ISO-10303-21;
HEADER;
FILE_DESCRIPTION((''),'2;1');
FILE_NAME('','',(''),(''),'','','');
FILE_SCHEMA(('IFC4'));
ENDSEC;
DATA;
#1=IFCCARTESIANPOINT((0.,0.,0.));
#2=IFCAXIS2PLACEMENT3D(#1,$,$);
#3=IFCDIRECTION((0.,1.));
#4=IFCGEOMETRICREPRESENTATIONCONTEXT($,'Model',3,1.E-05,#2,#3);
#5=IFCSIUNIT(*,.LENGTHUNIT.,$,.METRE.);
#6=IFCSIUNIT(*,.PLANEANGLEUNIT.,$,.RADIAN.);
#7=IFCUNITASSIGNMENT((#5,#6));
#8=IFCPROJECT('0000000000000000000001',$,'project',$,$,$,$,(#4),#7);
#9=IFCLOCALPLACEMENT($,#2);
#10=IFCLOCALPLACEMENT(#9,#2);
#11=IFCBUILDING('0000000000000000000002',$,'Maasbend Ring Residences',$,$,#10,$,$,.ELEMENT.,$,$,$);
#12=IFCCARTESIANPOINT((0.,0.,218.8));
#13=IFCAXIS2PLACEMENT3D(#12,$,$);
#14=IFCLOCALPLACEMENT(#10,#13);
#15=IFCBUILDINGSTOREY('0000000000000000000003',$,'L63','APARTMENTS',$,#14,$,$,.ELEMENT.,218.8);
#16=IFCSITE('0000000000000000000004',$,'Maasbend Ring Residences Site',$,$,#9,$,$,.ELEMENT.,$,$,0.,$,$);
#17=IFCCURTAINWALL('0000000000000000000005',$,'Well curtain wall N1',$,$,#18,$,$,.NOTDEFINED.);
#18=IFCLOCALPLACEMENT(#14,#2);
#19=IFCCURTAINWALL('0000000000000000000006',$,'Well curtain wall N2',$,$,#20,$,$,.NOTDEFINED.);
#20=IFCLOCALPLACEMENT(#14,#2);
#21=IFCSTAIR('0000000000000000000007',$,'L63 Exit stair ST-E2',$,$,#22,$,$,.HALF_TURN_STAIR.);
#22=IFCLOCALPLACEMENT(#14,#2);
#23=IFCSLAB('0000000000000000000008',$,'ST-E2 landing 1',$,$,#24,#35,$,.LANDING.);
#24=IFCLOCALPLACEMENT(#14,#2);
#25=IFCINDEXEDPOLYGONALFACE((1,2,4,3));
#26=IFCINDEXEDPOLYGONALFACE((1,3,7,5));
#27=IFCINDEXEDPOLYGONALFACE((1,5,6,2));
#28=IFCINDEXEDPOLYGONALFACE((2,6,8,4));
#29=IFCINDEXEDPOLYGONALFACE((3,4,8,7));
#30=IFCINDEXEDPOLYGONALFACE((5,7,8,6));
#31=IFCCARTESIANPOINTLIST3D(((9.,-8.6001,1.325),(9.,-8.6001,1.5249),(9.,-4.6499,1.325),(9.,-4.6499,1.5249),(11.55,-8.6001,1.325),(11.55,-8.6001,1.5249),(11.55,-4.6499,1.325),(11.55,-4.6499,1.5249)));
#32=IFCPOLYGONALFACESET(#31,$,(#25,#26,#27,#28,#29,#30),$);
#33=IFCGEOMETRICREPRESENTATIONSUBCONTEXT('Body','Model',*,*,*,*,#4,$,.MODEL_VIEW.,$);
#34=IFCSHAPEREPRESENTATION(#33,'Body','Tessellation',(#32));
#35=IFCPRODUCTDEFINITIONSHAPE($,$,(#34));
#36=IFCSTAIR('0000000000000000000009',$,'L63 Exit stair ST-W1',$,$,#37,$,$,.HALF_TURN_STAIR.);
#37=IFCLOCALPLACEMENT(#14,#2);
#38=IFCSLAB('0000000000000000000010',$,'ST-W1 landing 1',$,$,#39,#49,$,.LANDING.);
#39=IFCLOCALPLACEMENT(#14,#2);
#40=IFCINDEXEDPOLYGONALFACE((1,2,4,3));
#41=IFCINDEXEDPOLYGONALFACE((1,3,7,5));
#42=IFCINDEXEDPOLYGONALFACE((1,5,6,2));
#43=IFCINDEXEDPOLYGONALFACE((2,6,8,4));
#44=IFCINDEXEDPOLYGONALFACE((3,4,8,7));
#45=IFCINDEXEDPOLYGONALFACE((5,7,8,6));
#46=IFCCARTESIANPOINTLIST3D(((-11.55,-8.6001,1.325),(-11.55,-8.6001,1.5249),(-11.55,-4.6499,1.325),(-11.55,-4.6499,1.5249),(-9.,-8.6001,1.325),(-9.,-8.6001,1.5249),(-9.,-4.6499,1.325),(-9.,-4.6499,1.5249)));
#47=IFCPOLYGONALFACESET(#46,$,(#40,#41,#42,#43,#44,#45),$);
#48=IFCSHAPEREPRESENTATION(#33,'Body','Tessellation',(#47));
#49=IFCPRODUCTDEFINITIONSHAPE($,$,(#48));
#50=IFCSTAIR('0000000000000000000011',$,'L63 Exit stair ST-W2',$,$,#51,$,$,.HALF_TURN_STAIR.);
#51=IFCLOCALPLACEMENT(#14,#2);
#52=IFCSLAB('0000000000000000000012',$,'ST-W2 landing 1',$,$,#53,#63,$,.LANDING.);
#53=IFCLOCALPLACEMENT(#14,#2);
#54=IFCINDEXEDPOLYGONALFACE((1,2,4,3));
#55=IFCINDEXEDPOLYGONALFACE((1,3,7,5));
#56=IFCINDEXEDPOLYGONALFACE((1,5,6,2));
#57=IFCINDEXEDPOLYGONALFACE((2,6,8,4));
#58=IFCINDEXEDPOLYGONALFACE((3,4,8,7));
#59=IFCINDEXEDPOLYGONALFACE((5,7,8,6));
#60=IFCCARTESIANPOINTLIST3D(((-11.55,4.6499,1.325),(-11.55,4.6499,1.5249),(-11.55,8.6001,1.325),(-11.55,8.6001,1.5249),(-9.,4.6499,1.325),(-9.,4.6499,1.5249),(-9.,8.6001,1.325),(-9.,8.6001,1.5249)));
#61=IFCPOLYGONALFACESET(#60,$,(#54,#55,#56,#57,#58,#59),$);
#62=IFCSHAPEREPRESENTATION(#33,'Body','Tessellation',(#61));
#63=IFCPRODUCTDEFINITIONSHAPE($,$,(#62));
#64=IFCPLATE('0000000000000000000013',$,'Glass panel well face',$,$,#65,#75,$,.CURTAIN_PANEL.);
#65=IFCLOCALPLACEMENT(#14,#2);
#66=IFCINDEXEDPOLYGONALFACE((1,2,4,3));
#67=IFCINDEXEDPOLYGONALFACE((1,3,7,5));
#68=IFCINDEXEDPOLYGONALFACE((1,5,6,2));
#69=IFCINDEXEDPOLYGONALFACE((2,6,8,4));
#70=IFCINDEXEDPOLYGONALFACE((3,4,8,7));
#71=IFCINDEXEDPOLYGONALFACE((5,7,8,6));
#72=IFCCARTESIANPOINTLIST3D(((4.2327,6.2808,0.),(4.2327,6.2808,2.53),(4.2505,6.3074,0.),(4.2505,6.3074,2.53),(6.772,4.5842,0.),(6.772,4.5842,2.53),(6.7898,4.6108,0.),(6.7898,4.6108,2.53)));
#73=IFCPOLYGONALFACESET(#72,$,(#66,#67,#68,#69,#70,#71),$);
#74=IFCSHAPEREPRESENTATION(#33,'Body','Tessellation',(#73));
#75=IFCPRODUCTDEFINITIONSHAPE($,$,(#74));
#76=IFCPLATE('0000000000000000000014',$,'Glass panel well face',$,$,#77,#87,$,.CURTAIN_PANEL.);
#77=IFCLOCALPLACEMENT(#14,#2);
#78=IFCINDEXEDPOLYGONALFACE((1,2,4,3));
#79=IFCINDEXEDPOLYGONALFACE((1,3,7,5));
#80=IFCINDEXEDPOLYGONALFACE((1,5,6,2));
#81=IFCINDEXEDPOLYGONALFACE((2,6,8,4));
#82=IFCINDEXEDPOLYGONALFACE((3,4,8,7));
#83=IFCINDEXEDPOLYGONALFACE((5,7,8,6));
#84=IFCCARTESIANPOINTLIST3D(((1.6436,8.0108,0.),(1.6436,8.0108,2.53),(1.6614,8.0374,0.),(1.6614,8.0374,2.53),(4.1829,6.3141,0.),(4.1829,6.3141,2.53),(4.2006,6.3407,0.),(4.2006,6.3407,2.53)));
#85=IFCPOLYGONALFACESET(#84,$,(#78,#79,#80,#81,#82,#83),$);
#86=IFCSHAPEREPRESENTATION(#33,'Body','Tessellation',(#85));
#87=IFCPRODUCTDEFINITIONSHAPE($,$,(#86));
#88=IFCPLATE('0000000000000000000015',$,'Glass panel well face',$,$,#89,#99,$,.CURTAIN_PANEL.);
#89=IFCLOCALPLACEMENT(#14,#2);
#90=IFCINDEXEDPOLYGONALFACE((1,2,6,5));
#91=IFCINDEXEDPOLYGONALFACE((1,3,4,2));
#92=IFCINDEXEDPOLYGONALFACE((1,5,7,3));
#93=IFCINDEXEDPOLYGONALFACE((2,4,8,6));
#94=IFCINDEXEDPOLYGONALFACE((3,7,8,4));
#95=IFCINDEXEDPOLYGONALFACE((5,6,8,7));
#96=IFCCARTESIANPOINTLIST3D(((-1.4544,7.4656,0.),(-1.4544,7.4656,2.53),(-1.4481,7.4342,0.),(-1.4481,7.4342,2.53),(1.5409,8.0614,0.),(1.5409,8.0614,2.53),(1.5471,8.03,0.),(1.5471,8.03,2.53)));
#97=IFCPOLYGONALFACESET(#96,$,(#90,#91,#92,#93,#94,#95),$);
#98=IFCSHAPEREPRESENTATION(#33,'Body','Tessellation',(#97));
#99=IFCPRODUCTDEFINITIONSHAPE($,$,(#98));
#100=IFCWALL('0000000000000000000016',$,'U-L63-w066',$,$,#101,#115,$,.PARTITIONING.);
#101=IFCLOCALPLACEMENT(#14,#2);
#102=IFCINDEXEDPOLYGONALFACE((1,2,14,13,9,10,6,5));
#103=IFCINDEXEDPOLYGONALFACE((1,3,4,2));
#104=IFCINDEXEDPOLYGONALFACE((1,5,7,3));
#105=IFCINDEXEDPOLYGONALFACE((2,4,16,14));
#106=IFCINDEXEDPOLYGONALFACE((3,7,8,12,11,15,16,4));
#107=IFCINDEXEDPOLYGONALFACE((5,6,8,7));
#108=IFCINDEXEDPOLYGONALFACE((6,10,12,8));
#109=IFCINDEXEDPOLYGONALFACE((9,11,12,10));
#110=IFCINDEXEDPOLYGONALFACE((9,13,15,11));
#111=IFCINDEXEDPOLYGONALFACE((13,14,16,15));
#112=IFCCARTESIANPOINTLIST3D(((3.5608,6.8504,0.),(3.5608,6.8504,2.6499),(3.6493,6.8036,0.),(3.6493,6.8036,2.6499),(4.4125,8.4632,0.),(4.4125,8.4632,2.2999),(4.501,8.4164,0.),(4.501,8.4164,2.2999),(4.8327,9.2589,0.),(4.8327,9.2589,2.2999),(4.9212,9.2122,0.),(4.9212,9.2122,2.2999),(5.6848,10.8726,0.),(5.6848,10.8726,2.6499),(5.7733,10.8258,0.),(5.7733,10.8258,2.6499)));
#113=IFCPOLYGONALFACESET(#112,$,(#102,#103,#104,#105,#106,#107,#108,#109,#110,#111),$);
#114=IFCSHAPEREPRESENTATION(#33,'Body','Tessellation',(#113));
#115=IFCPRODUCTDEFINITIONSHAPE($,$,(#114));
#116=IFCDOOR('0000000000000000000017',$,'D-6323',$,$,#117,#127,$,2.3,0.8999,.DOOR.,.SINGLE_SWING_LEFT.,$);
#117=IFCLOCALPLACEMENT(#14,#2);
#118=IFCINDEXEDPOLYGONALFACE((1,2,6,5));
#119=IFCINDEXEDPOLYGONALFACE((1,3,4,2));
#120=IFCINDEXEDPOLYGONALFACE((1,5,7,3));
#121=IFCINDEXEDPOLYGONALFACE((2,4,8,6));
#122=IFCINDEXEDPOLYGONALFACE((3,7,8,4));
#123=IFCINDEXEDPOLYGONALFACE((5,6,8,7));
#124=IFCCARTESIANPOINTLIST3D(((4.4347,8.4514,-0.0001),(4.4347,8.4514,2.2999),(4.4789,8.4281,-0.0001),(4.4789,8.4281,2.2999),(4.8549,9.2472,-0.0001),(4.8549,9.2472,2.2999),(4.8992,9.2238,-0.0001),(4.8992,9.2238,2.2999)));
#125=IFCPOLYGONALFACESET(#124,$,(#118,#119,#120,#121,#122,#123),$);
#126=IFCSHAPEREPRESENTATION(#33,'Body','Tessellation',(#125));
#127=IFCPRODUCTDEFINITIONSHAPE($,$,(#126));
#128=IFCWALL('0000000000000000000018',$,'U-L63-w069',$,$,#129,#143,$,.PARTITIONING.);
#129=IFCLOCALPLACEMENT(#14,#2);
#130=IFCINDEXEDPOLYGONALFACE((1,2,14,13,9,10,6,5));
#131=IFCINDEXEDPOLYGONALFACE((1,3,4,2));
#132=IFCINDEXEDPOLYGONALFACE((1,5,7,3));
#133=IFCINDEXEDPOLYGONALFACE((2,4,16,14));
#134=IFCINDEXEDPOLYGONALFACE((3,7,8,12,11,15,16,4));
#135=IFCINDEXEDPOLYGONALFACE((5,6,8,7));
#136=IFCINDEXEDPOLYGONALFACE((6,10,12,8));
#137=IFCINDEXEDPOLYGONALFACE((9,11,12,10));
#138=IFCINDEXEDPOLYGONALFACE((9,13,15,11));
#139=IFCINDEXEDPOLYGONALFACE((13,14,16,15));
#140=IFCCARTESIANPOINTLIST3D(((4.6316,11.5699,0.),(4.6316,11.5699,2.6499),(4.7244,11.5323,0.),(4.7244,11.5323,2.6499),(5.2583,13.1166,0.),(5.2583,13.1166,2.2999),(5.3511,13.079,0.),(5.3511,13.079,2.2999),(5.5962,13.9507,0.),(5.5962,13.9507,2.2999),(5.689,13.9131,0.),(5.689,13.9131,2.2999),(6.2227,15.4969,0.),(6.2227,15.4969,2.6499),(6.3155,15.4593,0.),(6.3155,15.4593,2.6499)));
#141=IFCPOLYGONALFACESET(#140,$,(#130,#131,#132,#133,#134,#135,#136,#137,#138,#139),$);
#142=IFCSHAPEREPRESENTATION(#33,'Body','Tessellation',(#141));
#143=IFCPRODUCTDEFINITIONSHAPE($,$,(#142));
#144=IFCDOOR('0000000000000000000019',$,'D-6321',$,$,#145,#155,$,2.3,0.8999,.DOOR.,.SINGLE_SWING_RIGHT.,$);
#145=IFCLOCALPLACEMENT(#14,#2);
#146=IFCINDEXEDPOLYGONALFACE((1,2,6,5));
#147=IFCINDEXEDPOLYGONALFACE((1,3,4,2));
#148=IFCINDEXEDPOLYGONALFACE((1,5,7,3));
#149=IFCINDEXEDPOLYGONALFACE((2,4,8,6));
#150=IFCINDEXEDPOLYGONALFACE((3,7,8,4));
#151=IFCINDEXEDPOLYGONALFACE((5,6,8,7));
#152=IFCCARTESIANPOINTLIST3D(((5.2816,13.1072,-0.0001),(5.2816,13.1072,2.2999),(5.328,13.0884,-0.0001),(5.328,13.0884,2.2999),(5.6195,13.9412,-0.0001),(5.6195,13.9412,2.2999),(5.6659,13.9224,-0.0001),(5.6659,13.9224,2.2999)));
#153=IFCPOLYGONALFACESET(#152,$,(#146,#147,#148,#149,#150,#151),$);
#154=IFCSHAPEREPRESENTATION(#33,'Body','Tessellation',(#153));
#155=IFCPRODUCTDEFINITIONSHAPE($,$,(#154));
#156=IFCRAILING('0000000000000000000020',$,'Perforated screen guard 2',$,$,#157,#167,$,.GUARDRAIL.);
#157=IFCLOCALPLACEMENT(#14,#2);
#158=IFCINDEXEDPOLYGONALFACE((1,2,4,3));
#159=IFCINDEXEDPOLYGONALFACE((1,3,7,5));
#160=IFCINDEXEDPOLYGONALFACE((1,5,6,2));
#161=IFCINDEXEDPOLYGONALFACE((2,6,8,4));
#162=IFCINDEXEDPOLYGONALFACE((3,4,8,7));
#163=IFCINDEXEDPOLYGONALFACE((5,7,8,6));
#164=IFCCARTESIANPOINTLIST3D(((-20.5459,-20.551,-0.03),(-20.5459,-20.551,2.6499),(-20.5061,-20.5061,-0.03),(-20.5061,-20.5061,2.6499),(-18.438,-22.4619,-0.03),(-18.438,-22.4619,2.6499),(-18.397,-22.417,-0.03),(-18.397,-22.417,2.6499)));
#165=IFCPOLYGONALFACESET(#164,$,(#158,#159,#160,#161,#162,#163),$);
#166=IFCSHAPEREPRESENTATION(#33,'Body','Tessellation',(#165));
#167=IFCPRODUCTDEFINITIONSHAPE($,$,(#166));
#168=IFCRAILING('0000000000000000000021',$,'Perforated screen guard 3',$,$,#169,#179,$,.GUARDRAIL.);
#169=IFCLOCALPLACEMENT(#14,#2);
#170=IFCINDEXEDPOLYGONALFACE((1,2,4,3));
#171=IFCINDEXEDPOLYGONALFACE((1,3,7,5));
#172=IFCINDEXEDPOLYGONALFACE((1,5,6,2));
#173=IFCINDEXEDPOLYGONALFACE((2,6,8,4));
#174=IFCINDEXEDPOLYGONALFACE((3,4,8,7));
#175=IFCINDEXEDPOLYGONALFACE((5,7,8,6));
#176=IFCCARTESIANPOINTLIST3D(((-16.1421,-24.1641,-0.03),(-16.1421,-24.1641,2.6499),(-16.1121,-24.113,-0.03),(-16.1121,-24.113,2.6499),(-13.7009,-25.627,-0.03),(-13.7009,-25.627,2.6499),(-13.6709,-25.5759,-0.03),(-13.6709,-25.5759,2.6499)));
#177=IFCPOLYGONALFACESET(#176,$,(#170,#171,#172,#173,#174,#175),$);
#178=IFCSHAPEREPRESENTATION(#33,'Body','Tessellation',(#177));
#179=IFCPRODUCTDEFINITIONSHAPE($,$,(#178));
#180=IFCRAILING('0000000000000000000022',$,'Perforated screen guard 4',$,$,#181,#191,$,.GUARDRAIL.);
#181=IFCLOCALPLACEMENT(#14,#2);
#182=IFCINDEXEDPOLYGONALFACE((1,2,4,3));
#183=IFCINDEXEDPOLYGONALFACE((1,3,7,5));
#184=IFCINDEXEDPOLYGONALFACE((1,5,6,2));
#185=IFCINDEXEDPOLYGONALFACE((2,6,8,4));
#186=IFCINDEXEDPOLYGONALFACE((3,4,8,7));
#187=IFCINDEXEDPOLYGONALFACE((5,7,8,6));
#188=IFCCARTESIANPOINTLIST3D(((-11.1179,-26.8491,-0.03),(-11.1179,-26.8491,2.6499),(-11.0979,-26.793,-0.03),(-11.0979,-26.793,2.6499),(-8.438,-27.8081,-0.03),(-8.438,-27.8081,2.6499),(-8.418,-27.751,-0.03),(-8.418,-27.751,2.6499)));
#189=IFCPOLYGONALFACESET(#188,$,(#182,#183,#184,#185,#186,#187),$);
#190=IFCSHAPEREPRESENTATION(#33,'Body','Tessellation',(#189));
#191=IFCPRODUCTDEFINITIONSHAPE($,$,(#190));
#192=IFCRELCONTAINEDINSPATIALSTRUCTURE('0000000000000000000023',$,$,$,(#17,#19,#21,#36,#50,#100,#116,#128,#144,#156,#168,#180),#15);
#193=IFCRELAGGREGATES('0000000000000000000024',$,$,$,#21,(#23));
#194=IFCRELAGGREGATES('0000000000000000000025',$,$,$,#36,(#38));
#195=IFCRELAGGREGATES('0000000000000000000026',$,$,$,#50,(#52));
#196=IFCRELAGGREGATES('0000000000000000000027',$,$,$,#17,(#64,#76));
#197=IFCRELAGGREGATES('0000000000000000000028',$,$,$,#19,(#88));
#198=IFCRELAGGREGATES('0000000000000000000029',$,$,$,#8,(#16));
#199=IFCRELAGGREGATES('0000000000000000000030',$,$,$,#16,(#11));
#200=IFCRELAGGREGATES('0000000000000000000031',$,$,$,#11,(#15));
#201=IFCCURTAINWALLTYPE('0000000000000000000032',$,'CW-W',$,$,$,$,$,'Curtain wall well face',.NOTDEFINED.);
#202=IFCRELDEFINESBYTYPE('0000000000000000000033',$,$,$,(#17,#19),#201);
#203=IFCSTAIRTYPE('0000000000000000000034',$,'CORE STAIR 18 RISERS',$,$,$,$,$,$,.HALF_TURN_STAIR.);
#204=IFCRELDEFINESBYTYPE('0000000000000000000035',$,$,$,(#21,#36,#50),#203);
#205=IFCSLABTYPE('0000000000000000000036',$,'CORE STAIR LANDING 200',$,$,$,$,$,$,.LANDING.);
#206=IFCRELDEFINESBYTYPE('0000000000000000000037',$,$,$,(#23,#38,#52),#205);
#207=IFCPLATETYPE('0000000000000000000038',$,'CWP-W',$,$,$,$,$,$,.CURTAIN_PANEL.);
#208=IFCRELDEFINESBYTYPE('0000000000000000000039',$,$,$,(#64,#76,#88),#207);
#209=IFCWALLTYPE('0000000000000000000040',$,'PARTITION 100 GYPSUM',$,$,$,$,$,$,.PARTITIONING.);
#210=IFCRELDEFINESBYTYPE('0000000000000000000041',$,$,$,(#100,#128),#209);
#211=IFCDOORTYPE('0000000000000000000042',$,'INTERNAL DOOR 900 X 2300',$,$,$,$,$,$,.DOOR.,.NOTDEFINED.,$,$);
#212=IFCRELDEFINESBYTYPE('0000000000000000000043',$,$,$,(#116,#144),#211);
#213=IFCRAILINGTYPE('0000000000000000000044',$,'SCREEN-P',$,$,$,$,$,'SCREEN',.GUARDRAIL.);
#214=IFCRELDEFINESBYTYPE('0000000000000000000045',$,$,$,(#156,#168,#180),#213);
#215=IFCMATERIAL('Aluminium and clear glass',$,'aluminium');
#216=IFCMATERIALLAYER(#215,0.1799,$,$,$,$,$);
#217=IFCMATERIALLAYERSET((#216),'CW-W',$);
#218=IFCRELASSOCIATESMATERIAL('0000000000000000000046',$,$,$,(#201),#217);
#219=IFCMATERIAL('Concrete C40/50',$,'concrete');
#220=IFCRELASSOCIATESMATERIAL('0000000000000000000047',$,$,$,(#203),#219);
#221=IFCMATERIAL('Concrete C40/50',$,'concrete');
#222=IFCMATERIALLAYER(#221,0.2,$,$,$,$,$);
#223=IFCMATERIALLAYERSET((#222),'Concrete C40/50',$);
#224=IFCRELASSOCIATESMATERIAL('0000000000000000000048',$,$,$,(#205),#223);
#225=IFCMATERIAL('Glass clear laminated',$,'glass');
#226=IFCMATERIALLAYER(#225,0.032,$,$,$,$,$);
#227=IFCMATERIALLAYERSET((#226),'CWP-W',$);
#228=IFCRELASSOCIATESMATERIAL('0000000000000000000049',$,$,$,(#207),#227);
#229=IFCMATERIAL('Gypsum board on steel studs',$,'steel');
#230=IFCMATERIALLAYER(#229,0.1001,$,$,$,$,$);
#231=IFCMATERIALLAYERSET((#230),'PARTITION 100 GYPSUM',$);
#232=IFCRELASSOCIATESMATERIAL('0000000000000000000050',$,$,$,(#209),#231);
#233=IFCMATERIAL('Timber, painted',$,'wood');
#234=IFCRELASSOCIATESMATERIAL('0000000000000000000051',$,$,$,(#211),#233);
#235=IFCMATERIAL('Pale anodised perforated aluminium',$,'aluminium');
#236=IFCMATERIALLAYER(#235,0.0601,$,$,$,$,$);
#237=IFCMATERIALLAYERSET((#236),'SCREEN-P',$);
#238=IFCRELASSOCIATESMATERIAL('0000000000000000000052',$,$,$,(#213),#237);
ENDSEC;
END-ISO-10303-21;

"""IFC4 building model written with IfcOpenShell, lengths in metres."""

from ifc_helpers import new_model, si_unit, direction, frame, frame_2d, origin, origin_2d, place, context, subcontext, project, spatial, polyline, rectangle, outline, extrude, material, layer, layer_set, type_object, element, fill, aggregate, save


model = new_model("IFC4")

# Units and contexts
model_context = context("Model", 3, precision=1e-05, world=origin(), true_north=direction((0.0, 1.0)))
body_context = subcontext(model_context, "Body", "Model", "MODEL_VIEW")
ifc_project = project(units=[si_unit("LENGTHUNIT", "METRE"), si_unit("PLANEANGLEUNIT", "RADIAN")], contexts=[model_context])

# Site, building, storey
site_placement = place(None, origin())
site = spatial("IfcSite", under=ifc_project, at=site_placement, Name="Maasbend Ring Residences Site", CompositionType="ELEMENT", RefElevation=0.0)
building_placement = place(site_placement, origin())
building = spatial("IfcBuilding", under=site, at=building_placement, Name="Maasbend Ring Residences", CompositionType="ELEMENT")
storey_placement = place(building_placement, frame((0.0, 0.0, 218.8)))
storey = spatial("IfcBuildingStorey", under=building, at=storey_placement, Name="L63", Description="APARTMENTS", CompositionType="ELEMENT", Elevation=218.8)

# Curtain wall
ifc_material_1 = material(Name="Aluminium and clear glass", Category="aluminium")
ifc_layer_1 = layer(ifc_material_1, 0.1799)
ifc_layer_set_1 = layer_set([ifc_layer_1], Name="CW-W")
curtain_wall_type = type_object("IfcCurtainWallType", Name="CW-W", ElementType="Curtain wall well face", PredefinedType="NOTDEFINED", material=ifc_layer_set_1)
curtain_wall_1_placement = place(storey_placement, origin())
curtain_wall_1 = element("IfcCurtainWall", 1, at=curtain_wall_1_placement, inside=storey, type_object=curtain_wall_type, Name="Well curtain wall N1", PredefinedType="NOTDEFINED")

# Curtain wall
curtain_wall_2_placement = place(storey_placement, origin())
curtain_wall_2 = element("IfcCurtainWall", 2, at=curtain_wall_2_placement, inside=storey, type_object=curtain_wall_type, Name="Well curtain wall N2", PredefinedType="NOTDEFINED")

# Stairs, slabs
ifc_material_2 = material(Name="Concrete C40/50", Category="concrete")
stair_type = type_object("IfcStairType", Name="CORE STAIR 18 RISERS", PredefinedType="HALF_TURN_STAIR", material=ifc_material_2)
ifc_material_3 = material(Name="Concrete C40/50", Category="concrete")
ifc_layer_2 = layer(ifc_material_3, 0.2)
ifc_layer_set_2 = layer_set([ifc_layer_2], Name="Concrete C40/50")
slab_type = type_object("IfcSlabType", Name="CORE STAIR LANDING 200", PredefinedType="LANDING", material=ifc_layer_set_2)
stair_1_placement = place(storey_placement, origin())
stair_1 = element("IfcStair", 3, at=stair_1_placement, inside=storey, type_object=stair_type, Name="L63 Exit stair ST-E2", PredefinedType="HALF_TURN_STAIR")
slab_1_placement = place(storey_placement, frame((0.0, 0.0, 1.325)))
slab_1 = element("IfcSlab", 4, at=slab_1_placement, type_object=slab_type, Name="ST-E2 landing 1", PredefinedType="LANDING", context=body_context, shape_type="SweptSolid", body=[
    extrude(outline(polyline([(11.55, -4.6499), (9.0, -4.6499), (9.0, -8.6001), (11.55, -8.6001), (11.55, -4.6499)])), origin(), (0.0, 0.0, 1.0), 0.2),
])
aggregate(stair_1, [slab_1])
stair_2_placement = place(storey_placement, origin())
stair_2 = element("IfcStair", 5, at=stair_2_placement, inside=storey, type_object=stair_type, Name="L63 Exit stair ST-W1", PredefinedType="HALF_TURN_STAIR")
slab_2_placement = place(storey_placement, frame((0.0, 0.0, 1.325)))
slab_2 = element("IfcSlab", 6, at=slab_2_placement, type_object=slab_type, Name="ST-W1 landing 1", PredefinedType="LANDING", context=body_context, shape_type="SweptSolid", body=[
    extrude(outline(polyline([(-11.55, -8.6001), (-9.0, -8.6001), (-9.0, -4.6499), (-11.55, -4.6499), (-11.55, -8.6001)])), origin(), (0.0, 0.0, 1.0), 0.2),
])
aggregate(stair_2, [slab_2])
stair_3_placement = place(storey_placement, origin())
stair_3 = element("IfcStair", 7, at=stair_3_placement, inside=storey, type_object=stair_type, Name="L63 Exit stair ST-W2", PredefinedType="HALF_TURN_STAIR")
slab_3_placement = place(storey_placement, frame((0.0, 0.0, 1.325)))
slab_3 = element("IfcSlab", 8, at=slab_3_placement, type_object=slab_type, Name="ST-W2 landing 1", PredefinedType="LANDING", context=body_context, shape_type="SweptSolid", body=[
    extrude(outline(polyline([(-11.55, 4.6499), (-9.0, 4.6499), (-9.0, 8.6001), (-11.55, 8.6001), (-11.55, 4.6499)])), origin(), (0.0, 0.0, 1.0), 0.2),
])
aggregate(stair_3, [slab_3])

# Plates
ifc_material_4 = material(Name="Glass clear laminated", Category="glass")
ifc_layer_3 = layer(ifc_material_4, 0.032)
ifc_layer_set_3 = layer_set([ifc_layer_3], Name="CWP-W")
plate_type = type_object("IfcPlateType", Name="CWP-W", PredefinedType="CURTAIN_PANEL", material=ifc_layer_set_3)
plate_1_placement = place(storey_placement, frame((5.5112, 5.4458, 0.0), z_axis=(0.0, 0.0, 1.0), x_axis=(-0.83147, 0.55557, 0.0)))
plate_1 = element("IfcPlate", 9, at=plate_1_placement, type_object=plate_type, Name="Glass panel well face", PredefinedType="CURTAIN_PANEL", context=body_context, shape_type="SweptSolid", body=[
    extrude(rectangle(XDim=3.054, YDim=0.032, at=origin_2d()), origin(), (0.0, 0.0, 1.0), 2.53),
])
plate_2_placement = place(storey_placement, frame((2.9221, 7.1758, 0.0), z_axis=(0.0, 0.0, 1.0), x_axis=(-0.83147, 0.55557, 0.0)))
plate_2 = element("IfcPlate", 10, at=plate_2_placement, type_object=plate_type, Name="Glass panel well face", PredefinedType="CURTAIN_PANEL", context=body_context, shape_type="SweptSolid", body=[
    extrude(rectangle(XDim=3.054, YDim=0.032, at=origin_2d()), origin(), (0.0, 0.0, 1.0), 2.53),
])
aggregate(curtain_wall_1, [plate_1, plate_2])
plate_3_placement = place(storey_placement, frame((0.0464, 7.7478, 0.0), z_axis=(0.0, 0.0, 1.0), x_axis=(-0.980785, -0.19509, 0.0)))
plate_3 = element("IfcPlate", 11, at=plate_3_placement, type_object=plate_type, Name="Glass panel well face", PredefinedType="CURTAIN_PANEL", context=body_context, shape_type="SweptSolid", body=[
    extrude(rectangle(XDim=3.054, YDim=0.032, at=origin_2d()), origin(), (0.0, 0.0, 1.0), 2.53),
])
aggregate(curtain_wall_2, [plate_3])

# Walls, openings, doors
ifc_material_5 = material(Name="Gypsum board on steel studs", Category="steel")
ifc_layer_4 = layer(ifc_material_5, 0.1001)
ifc_layer_set_4 = layer_set([ifc_layer_4], Name="PARTITION 100 GYPSUM")
wall_type = type_object("IfcWallType", Name="PARTITION 100 GYPSUM", PredefinedType="PARTITIONING", material=ifc_layer_set_4)
wall_1_placement = place(storey_placement, frame((3.605, 6.8269, 0.0), z_axis=(0.0, 0.0, 1.0), x_axis=(0.466963, 0.884277, 0.0)))
wall_1 = element("IfcWall", 12, at=wall_1_placement, inside=storey, type_object=wall_type, Name="U-L63-w066", PredefinedType="PARTITIONING", context=body_context, shape_type="SweptSolid", body=[
    extrude(rectangle(XDim=4.5486, YDim=0.1001, at=frame_2d((2.2744, 0.0))), origin(), (0.0, 0.0, 1.0), 2.6499),
])
opening_1_placement = place(wall_1_placement, frame((1.824, 0.0, 0.0)))
opening_1 = element("IfcOpeningElement", 13, at=opening_1_placement, cuts=wall_1, PredefinedType="OPENING", context=body_context, shape_type="SweptSolid", body=[
    extrude(rectangle(XDim=0.8999, YDim=2.3, at=frame_2d((0.45, 1.1499))), frame((0.0, 0.0601, 0.0), z_axis=(0.0, -1.0, 0.0), x_axis=(1.0, 0.0, 0.0)), (0.0, 0.0, 1.0), 0.1201),
])
ifc_material_6 = material(Name="Timber, painted", Category="wood")
door_type = type_object("IfcDoorType", Name="INTERNAL DOOR 900 X 2300", OperationType="NOTDEFINED", PredefinedType="DOOR", material=ifc_material_6)
door_1_placement = place(opening_1_placement, origin())
door_1 = element("IfcDoor", 14, at=door_1_placement, inside=storey, type_object=door_type, Name="D-6323", OperationType="SINGLE_SWING_LEFT", OverallHeight=2.3, OverallWidth=0.8999, PredefinedType="DOOR", context=body_context, shape_type="SweptSolid", body=[
    extrude(rectangle(XDim=0.8999, YDim=2.3, at=frame_2d((0.45, 1.1499))), frame((0.0, 0.0249, 0.0), z_axis=(0.0, -1.0, 0.0), x_axis=(1.0, 0.0, 0.0)), (0.0, 0.0, 1.0), 0.05),
])
fill(opening_1, door_1)
wall_2_placement = place(storey_placement, frame((4.678, 11.551, 0.0), z_axis=(0.0, 0.0, 1.0), x_axis=(0.37551, 0.926818, 0.0)))
wall_2 = element("IfcWall", 15, at=wall_2_placement, inside=storey, type_object=wall_type, Name="U-L63-w069", PredefinedType="PARTITIONING", context=body_context, shape_type="SweptSolid", body=[
    extrude(rectangle(XDim=4.2371, YDim=0.1001, at=frame_2d((2.1187, 0.0))), origin(), (0.0, 0.0, 1.0), 2.6499),
])
opening_2_placement = place(wall_2_placement, frame((1.6689, 0.0, 0.0)))
opening_2 = element("IfcOpeningElement", 16, at=opening_2_placement, cuts=wall_2, PredefinedType="OPENING", context=body_context, shape_type="SweptSolid", body=[
    extrude(rectangle(XDim=0.8999, YDim=2.3, at=frame_2d((0.45, 1.1499))), frame((0.0, 0.0601, 0.0), z_axis=(0.0, -1.0, 0.0), x_axis=(1.0, 0.0, 0.0)), (0.0, 0.0, 1.0), 0.1201),
])
door_2_placement = place(opening_2_placement, origin())
door_2 = element("IfcDoor", 17, at=door_2_placement, inside=storey, type_object=door_type, Name="D-6321", OperationType="SINGLE_SWING_RIGHT", OverallHeight=2.3, OverallWidth=0.8999, PredefinedType="DOOR", context=body_context, shape_type="SweptSolid", body=[
    extrude(rectangle(XDim=0.8999, YDim=2.3, at=frame_2d((0.45, 1.1499))), frame((0.0, 0.0249, 0.0), z_axis=(0.0, -1.0, 0.0), x_axis=(1.0, 0.0, 0.0)), (0.0, 0.0, 1.0), 0.05),
])
fill(opening_2, door_2)

# Railings
ifc_material_7 = material(Name="Pale anodised perforated aluminium", Category="aluminium")
ifc_layer_5 = layer(ifc_material_7, 0.0601)
ifc_layer_set_5 = layer_set([ifc_layer_5], Name="SCREEN-P")
railing_type = type_object("IfcRailingType", Name="SCREEN-P", ElementType="SCREEN", PredefinedType="GUARDRAIL", material=ifc_layer_set_5)
railing_1_placement = place(storey_placement, frame((0.0, 0.0, -0.03)))
element("IfcRailing", 18, at=railing_1_placement, inside=storey, type_object=railing_type, Name="Perforated screen guard 2", PredefinedType="GUARDRAIL", context=body_context, shape_type="SweptSolid", body=[
    extrude(outline(polyline([(-20.5061, -20.5061), (-18.397, -22.417), (-18.438, -22.4619), (-20.5459, -20.551), (-20.5061, -20.5061)])), origin(), (0.0, 0.0, 1.0), 2.6799),
])
railing_2_placement = place(storey_placement, frame((0.0, 0.0, -0.03)))
element("IfcRailing", 19, at=railing_2_placement, inside=storey, type_object=railing_type, Name="Perforated screen guard 3", PredefinedType="GUARDRAIL", context=body_context, shape_type="SweptSolid", body=[
    extrude(outline(polyline([(-16.1121, -24.113), (-13.6709, -25.5759), (-13.7009, -25.627), (-16.1421, -24.1641), (-16.1121, -24.113)])), origin(), (0.0, 0.0, 1.0), 2.6799),
])
railing_3_placement = place(storey_placement, frame((0.0, 0.0, -0.03)))
element("IfcRailing", 20, at=railing_3_placement, inside=storey, type_object=railing_type, Name="Perforated screen guard 4", PredefinedType="GUARDRAIL", context=body_context, shape_type="SweptSolid", body=[
    extrude(outline(polyline([(-11.0979, -26.793), (-8.418, -27.751), (-8.438, -27.8081), (-11.1179, -26.8491), (-11.0979, -26.793)])), origin(), (0.0, 0.0, 1.0), 2.6799),
])

save(model, "model.ifc")
